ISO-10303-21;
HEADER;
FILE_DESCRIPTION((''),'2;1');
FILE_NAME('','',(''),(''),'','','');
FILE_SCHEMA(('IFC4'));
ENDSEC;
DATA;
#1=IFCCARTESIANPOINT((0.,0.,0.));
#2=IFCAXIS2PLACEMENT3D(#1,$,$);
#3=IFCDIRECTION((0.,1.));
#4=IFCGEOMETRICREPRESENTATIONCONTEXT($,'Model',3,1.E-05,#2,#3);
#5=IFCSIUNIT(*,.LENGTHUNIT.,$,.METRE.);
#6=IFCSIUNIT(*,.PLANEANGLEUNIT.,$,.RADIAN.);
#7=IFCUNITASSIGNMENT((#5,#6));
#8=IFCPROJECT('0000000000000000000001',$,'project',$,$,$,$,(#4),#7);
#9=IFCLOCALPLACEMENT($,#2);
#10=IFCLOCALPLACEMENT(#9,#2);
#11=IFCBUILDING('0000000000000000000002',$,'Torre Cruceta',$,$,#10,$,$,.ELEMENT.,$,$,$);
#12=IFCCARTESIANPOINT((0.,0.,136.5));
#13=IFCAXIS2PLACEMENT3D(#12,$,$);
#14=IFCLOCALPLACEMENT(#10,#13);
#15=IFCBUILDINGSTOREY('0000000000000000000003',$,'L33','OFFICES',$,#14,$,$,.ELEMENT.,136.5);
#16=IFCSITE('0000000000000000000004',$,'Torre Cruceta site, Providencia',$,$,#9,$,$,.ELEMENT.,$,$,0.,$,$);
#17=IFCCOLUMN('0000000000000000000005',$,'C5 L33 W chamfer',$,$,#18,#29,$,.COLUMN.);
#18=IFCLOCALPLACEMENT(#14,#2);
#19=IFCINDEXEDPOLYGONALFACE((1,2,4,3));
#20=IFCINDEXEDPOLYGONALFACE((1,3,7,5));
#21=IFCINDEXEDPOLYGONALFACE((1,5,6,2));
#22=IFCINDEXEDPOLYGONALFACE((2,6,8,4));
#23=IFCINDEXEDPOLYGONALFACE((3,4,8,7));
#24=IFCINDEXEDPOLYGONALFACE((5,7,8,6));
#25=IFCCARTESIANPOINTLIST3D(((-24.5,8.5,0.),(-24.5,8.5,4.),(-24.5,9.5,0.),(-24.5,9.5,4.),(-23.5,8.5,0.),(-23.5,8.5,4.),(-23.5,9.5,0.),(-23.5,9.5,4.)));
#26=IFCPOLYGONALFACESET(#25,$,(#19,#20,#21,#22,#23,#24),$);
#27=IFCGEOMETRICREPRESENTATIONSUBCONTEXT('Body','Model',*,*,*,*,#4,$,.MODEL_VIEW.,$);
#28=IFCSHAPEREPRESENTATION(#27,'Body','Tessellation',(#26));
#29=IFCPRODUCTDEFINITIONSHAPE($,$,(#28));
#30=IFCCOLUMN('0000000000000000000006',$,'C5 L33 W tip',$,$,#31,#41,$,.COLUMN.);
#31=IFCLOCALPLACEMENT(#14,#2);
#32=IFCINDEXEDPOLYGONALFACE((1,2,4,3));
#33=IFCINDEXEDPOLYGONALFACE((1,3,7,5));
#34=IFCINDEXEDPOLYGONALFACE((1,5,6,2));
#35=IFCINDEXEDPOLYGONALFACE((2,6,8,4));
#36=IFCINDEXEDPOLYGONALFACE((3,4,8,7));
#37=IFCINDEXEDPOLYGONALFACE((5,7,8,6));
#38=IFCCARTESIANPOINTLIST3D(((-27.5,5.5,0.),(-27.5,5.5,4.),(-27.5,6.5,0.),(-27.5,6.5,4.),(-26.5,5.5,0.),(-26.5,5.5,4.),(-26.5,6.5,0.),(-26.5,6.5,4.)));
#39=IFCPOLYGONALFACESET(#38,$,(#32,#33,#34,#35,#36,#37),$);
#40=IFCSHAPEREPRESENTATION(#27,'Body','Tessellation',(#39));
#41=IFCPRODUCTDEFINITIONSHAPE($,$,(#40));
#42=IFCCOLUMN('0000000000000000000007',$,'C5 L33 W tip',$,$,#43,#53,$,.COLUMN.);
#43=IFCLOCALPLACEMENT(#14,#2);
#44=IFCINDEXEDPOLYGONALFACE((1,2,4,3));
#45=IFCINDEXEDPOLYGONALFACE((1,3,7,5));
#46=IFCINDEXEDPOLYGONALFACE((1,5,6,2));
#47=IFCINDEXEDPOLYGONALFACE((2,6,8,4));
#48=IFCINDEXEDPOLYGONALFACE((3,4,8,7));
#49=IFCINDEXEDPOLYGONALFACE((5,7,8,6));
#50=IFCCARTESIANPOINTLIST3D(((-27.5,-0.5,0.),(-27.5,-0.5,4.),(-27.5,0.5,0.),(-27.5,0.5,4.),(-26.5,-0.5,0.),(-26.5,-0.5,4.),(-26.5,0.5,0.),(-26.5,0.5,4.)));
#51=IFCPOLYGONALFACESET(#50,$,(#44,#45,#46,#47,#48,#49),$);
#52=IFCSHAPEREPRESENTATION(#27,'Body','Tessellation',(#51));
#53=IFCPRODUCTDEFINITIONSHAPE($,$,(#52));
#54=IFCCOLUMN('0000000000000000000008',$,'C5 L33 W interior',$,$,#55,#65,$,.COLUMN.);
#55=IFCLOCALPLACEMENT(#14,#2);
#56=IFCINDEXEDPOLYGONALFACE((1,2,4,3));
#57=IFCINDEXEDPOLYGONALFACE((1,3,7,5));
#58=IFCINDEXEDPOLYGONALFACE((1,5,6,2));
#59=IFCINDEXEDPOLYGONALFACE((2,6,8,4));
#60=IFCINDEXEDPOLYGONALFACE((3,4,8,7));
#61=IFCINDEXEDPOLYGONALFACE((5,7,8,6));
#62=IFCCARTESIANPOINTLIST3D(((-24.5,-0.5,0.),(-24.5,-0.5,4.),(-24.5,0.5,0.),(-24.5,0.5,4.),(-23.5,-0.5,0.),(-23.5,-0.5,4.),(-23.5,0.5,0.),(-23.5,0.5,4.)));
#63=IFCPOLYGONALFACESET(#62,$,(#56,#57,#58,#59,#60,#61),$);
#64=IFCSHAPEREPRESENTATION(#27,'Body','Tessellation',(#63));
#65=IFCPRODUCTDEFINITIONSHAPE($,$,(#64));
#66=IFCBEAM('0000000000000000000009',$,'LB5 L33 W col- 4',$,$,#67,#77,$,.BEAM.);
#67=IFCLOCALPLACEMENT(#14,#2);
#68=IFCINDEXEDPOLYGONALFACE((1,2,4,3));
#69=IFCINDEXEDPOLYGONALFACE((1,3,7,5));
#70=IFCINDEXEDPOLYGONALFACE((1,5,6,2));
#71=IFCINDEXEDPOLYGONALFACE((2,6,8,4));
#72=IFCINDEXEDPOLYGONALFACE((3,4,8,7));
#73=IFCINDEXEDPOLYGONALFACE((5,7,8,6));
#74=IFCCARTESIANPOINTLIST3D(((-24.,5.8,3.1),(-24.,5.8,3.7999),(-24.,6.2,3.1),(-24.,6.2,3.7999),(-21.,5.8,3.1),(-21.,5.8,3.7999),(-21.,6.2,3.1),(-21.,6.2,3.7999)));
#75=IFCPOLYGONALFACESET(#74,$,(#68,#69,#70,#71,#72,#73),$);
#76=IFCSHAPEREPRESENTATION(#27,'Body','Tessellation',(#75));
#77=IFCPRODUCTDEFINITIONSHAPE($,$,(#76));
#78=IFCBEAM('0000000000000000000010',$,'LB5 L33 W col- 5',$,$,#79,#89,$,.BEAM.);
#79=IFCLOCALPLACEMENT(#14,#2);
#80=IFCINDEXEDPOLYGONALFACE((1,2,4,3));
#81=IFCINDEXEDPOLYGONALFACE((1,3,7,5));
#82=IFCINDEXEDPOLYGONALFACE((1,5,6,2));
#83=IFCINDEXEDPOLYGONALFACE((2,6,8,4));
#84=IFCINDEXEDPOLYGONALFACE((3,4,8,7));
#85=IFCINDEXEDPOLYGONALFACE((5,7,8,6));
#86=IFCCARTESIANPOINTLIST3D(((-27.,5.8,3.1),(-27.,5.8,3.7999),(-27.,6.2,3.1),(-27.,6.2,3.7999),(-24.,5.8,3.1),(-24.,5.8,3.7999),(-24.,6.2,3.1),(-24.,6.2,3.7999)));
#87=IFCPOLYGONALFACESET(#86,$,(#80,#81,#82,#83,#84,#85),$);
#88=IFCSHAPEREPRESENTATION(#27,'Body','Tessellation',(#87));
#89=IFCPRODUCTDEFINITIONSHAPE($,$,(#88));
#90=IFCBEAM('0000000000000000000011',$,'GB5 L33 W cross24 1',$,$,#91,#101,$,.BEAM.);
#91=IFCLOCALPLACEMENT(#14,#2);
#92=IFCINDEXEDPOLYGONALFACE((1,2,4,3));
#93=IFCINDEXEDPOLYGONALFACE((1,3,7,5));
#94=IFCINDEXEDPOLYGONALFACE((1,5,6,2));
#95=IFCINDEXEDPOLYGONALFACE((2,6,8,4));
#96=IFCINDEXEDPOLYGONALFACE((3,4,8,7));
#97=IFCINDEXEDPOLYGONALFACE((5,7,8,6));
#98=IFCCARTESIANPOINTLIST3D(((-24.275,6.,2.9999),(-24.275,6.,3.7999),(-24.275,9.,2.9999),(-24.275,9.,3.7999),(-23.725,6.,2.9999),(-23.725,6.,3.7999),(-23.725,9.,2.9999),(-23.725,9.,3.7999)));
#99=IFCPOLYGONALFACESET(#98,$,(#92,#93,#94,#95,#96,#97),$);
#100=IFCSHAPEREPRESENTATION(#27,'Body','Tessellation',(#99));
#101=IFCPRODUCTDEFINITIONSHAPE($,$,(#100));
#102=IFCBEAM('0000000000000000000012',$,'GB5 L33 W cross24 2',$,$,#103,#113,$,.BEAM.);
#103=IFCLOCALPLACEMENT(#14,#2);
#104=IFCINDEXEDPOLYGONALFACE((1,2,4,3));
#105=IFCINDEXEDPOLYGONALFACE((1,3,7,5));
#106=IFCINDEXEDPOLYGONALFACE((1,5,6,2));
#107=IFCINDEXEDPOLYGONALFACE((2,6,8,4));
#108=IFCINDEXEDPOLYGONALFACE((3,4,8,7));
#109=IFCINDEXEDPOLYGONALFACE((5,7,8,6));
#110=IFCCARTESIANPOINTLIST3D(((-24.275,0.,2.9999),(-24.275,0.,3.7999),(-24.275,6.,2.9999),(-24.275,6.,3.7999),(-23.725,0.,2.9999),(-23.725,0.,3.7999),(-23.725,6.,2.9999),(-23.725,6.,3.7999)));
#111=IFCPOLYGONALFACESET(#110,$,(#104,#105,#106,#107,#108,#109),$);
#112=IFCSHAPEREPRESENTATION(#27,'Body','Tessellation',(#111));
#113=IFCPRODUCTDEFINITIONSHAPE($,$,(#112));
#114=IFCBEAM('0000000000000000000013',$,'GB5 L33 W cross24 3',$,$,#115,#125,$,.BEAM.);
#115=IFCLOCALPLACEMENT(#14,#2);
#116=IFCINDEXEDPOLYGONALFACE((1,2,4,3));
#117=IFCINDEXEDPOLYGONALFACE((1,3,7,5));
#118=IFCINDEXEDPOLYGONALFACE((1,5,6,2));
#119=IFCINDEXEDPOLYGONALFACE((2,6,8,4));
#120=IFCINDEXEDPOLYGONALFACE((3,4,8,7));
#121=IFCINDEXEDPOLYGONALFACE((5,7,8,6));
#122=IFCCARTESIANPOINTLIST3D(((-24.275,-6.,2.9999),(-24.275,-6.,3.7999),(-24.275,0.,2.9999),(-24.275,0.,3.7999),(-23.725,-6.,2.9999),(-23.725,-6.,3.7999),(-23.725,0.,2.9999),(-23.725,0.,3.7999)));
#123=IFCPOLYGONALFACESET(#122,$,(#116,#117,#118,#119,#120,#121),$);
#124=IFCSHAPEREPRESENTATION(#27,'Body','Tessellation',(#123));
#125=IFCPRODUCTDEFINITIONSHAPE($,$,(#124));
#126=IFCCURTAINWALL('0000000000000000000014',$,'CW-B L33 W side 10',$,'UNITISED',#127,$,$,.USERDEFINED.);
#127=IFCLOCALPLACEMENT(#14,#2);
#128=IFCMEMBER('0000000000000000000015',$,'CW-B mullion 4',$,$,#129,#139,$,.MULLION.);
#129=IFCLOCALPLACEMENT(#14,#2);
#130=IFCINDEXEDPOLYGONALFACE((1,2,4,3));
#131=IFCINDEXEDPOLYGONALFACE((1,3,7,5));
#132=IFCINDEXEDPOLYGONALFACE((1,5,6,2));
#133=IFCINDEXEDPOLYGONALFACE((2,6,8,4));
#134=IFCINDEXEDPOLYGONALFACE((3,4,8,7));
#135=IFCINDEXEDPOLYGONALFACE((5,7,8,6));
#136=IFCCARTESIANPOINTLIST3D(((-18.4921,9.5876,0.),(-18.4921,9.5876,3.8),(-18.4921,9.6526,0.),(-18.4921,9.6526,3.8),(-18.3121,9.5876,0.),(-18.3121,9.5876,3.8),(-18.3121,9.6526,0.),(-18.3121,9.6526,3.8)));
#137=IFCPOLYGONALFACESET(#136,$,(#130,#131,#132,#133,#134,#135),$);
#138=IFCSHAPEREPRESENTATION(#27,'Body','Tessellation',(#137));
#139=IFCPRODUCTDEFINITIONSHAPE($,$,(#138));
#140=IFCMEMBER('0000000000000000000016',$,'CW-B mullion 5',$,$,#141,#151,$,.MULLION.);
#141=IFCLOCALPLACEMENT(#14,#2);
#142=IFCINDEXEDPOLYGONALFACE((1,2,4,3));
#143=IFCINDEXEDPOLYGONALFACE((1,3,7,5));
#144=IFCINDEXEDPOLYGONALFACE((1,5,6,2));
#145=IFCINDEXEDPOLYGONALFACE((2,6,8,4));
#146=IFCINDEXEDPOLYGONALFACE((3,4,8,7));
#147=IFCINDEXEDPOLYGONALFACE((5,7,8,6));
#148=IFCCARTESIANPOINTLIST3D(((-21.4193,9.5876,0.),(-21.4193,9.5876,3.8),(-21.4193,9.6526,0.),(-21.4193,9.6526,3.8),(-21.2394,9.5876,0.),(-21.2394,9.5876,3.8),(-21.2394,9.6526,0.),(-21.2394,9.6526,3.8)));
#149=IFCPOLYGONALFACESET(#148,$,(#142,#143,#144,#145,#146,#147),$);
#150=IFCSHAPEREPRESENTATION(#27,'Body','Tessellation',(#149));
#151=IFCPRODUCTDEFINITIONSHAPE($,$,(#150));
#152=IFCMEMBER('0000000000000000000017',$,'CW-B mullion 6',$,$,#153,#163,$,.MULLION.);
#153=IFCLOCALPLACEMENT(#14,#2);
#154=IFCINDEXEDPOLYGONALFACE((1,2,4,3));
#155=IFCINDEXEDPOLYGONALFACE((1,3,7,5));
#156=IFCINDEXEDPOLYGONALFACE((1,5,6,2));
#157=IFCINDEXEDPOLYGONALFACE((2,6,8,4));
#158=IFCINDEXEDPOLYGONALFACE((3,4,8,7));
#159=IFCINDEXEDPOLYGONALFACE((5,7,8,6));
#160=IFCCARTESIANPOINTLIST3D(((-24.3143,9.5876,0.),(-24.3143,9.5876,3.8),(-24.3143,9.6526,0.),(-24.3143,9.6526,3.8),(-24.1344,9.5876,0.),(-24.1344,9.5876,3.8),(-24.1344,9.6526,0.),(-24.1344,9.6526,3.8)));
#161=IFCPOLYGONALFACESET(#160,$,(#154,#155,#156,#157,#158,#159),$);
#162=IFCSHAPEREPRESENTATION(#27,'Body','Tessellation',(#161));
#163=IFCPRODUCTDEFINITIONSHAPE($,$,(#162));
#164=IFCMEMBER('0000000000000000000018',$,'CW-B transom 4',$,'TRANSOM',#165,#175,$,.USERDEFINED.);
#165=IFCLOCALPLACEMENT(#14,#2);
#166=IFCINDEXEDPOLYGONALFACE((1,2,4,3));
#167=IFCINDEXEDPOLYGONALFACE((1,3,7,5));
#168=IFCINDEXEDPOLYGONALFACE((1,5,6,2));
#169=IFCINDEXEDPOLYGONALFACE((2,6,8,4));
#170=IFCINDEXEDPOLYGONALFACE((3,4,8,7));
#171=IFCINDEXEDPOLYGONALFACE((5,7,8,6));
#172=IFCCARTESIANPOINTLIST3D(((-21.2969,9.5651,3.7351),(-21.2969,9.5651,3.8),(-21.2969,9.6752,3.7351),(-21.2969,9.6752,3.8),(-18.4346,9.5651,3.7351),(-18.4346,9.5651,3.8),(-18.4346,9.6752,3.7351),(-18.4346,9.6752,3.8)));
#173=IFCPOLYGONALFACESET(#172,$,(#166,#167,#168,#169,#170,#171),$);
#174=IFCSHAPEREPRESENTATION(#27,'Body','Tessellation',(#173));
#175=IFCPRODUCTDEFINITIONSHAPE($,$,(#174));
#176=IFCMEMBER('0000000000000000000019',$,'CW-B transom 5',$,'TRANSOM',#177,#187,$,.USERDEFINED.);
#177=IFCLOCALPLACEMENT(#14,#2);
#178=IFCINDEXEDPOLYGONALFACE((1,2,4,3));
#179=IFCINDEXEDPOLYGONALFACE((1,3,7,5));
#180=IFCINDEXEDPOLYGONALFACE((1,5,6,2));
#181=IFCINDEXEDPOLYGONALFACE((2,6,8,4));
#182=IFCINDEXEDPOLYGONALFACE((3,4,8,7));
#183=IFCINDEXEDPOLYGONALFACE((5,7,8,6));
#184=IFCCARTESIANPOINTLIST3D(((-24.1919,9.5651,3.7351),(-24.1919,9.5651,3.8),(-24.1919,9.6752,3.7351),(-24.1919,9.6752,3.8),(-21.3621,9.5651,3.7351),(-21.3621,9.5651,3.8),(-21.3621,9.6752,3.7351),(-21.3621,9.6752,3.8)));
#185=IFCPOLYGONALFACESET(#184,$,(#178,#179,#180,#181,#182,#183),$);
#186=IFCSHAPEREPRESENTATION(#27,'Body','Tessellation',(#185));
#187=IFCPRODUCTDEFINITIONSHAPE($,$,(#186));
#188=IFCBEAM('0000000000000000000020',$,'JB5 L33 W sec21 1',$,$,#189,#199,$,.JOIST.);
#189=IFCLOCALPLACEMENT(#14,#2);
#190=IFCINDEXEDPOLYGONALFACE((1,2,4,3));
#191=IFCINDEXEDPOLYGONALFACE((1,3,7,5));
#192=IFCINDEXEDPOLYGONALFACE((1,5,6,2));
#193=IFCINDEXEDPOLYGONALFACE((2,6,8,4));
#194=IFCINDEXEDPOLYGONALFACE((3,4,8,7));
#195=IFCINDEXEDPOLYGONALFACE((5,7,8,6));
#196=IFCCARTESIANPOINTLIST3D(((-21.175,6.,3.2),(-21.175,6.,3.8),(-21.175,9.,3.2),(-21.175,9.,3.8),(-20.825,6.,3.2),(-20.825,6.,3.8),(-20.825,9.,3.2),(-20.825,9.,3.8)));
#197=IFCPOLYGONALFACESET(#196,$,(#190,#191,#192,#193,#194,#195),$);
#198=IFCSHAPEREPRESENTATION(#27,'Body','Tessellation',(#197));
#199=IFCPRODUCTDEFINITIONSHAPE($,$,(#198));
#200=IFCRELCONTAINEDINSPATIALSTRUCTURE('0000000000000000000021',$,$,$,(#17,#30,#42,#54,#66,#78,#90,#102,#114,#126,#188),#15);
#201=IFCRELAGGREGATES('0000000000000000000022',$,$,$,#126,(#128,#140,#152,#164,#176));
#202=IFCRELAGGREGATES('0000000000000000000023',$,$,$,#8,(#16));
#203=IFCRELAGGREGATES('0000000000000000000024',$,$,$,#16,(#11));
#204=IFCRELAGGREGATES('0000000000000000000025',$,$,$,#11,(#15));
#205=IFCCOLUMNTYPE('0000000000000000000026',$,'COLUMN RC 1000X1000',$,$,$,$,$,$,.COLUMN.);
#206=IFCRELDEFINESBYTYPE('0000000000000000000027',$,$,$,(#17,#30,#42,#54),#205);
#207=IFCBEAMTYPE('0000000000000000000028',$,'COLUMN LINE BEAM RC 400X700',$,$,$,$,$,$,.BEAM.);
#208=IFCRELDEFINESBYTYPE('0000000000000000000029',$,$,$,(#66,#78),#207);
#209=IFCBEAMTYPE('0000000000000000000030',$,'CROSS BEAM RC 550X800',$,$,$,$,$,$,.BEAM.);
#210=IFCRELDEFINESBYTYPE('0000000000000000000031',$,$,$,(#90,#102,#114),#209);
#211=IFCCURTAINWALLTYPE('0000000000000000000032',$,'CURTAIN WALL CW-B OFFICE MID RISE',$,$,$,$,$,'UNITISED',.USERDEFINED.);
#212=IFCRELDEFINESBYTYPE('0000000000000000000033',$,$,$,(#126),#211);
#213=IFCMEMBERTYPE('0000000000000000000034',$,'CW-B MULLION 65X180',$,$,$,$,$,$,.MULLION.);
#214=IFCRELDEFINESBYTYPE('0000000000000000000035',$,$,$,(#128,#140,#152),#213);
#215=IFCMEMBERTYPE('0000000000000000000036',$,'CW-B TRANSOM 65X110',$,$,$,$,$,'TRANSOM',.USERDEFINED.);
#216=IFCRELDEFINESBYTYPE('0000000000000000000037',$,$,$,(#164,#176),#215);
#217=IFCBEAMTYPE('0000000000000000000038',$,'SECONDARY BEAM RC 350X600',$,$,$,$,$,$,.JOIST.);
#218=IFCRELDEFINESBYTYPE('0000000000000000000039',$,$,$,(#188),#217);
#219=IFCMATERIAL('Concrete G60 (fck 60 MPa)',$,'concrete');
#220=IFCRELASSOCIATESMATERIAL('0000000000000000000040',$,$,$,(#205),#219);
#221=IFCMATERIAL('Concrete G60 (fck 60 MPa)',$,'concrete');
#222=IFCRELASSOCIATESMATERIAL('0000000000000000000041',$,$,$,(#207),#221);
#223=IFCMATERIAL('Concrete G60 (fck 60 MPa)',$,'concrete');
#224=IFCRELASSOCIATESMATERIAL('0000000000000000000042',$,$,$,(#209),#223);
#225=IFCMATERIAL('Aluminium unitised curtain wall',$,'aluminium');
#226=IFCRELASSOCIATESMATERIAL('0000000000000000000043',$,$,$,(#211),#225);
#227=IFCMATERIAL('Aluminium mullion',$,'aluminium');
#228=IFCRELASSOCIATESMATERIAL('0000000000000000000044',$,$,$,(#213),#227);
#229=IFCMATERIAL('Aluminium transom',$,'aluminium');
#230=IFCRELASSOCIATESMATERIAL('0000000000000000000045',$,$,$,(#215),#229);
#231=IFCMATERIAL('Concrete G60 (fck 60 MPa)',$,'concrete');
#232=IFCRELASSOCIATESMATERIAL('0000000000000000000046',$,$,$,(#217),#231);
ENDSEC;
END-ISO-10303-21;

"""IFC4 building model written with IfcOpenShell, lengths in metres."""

from ifc_helpers import new_model, si_unit, direction, frame, origin, origin_2d, place, context, subcontext, project, spatial, rectangle, extrude, material, material_profile, profile_set, type_object, element, aggregate, save


model = new_model("IFC4")

# Units and contexts
model_context = context("Model", 3, precision=1e-05, world=origin(), true_north=direction((0.0, 1.0)))
body_context = subcontext(model_context, "Body", "Model", "MODEL_VIEW")
ifc_project = project(units=[si_unit("LENGTHUNIT", "METRE"), si_unit("PLANEANGLEUNIT", "RADIAN")], contexts=[model_context])

# Site, building, storey
site_placement = place(None, origin())
site = spatial("IfcSite", under=ifc_project, at=site_placement, Name="Torre Cruceta site, Providencia", CompositionType="ELEMENT", RefElevation=0.0)
building_placement = place(site_placement, origin())
building = spatial("IfcBuilding", under=site, at=building_placement, Name="Torre Cruceta", CompositionType="ELEMENT")
storey_placement = place(building_placement, frame((0.0, 0.0, 136.5)))
storey = spatial("IfcBuildingStorey", under=building, at=storey_placement, Name="L33", Description="OFFICES", CompositionType="ELEMENT", Elevation=136.5)

# Columns
ifc_material_1 = material(Name="Concrete G60 (fck 60 MPa)", Category="concrete")
ifc_material_profile_1 = material_profile(ifc_material_1, rectangle(XDim=1.0, YDim=1.0, at=origin_2d()), Name="RC 1000X1000")
ifc_profile_set_1 = profile_set([ifc_material_profile_1], Name="Concrete G60 (fck 60 MPa)")
column_type = type_object("IfcColumnType", Name="COLUMN RC 1000X1000", PredefinedType="COLUMN", material=ifc_profile_set_1)
for number, where, z_axis, x_axis, name in (
    (1, (-24.0, 9.0, 0.0), (0.0, 0.0, 1.0), (1.0, 0.0, 0.0), "C5 L33 W chamfer"),
    (2, (-27.0, 6.0, 0.0), (0.0, 0.0, 1.0), (1.0, 0.0, 0.0), "C5 L33 W tip"),
    (3, (-27.0, 0.0, 0.0), (0.0, 0.0, 1.0), (1.0, 0.0, 0.0), "C5 L33 W tip"),
    (4, (-24.0, 0.0, 0.0), (0.0, 0.0, 1.0), (1.0, 0.0, 0.0), "C5 L33 W interior"),
):
    element("IfcColumn", number, at=place(storey_placement, frame(where, z_axis=z_axis, x_axis=x_axis)), inside=storey, type_object=column_type, Name=name, PredefinedType="COLUMN", context=body_context, shape_type="SweptSolid", body=[
        extrude(rectangle(XDim=1.0, YDim=1.0, at=origin_2d()), origin(), (0.0, 0.0, 1.0), 4.0),
    ])

# Beams
ifc_material_2 = material(Name="Concrete G60 (fck 60 MPa)", Category="concrete")
ifc_material_profile_2 = material_profile(ifc_material_2, rectangle(XDim=0.3999, YDim=0.7, at=origin_2d()), Name="RC 400X700")
ifc_profile_set_2 = profile_set([ifc_material_profile_2], Name="Concrete G60 (fck 60 MPa)")
beam_type_1 = type_object("IfcBeamType", Name="COLUMN LINE BEAM RC 400X700", PredefinedType="BEAM", material=ifc_profile_set_2)
for number, where, z_axis, x_axis, name in (
    (5, (-21.0, 6.0, 3.45), (-1.0, 0.0, 0.0), (0.0, -1.0, 0.0), "LB5 L33 W col- 4"),
    (6, (-24.0, 6.0, 3.45), (-1.0, 0.0, 0.0), (0.0, -1.0, 0.0), "LB5 L33 W col- 5"),
):
    element("IfcBeam", number, at=place(storey_placement, frame(where, z_axis=z_axis, x_axis=x_axis)), inside=storey, type_object=beam_type_1, Name=name, PredefinedType="BEAM", context=body_context, shape_type="SweptSolid", body=[
        extrude(rectangle(XDim=0.3999, YDim=0.7, at=origin_2d()), origin(), (0.0, 0.0, 1.0), 3.0),
    ])
ifc_material_3 = material(Name="Concrete G60 (fck 60 MPa)", Category="concrete")
ifc_material_profile_3 = material_profile(ifc_material_3, rectangle(XDim=0.55, YDim=0.8, at=origin_2d()), Name="RC 550X800")
ifc_profile_set_3 = profile_set([ifc_material_profile_3], Name="Concrete G60 (fck 60 MPa)")
beam_type_2 = type_object("IfcBeamType", Name="CROSS BEAM RC 550X800", PredefinedType="BEAM", material=ifc_profile_set_3)
beam_1_placement = place(storey_placement, frame((-24.0, 9.0, 3.3999), z_axis=(0.0, -1.0, 0.0), x_axis=(1.0, 0.0, 0.0)))
element("IfcBeam", 7, at=beam_1_placement, inside=storey, type_object=beam_type_2, Name="GB5 L33 W cross24 1", PredefinedType="BEAM", context=body_context, shape_type="SweptSolid", body=[
    extrude(rectangle(XDim=0.55, YDim=0.8, at=origin_2d()), origin(), (0.0, 0.0, 1.0), 3.0),
])
for number, where, z_axis, x_axis, name in (
    (8, (-24.0, 6.0, 3.3999), (0.0, -1.0, 0.0), (1.0, 0.0, 0.0), "GB5 L33 W cross24 2"),
    (9, (-24.0, 0.0, 3.3999), (0.0, -1.0, 0.0), (1.0, 0.0, 0.0), "GB5 L33 W cross24 3"),
):
    element("IfcBeam", number, at=place(storey_placement, frame(where, z_axis=z_axis, x_axis=x_axis)), inside=storey, type_object=beam_type_2, Name=name, PredefinedType="BEAM", context=body_context, shape_type="SweptSolid", body=[
        extrude(rectangle(XDim=0.55, YDim=0.8, at=origin_2d()), origin(), (0.0, 0.0, 1.0), 6.0),
    ])

# Curtain wall, members
ifc_material_4 = material(Name="Aluminium unitised curtain wall", Category="aluminium")
curtain_wall_type = type_object("IfcCurtainWallType", Name="CURTAIN WALL CW-B OFFICE MID RISE", ElementType="UNITISED", PredefinedType="USERDEFINED", material=ifc_material_4)
curtain_wall_placement = place(storey_placement, origin())
curtain_wall = element("IfcCurtainWall", 10, at=curtain_wall_placement, inside=storey, type_object=curtain_wall_type, Name="CW-B L33 W side 10", ObjectType="UNITISED", PredefinedType="USERDEFINED")
ifc_material_5 = material(Name="Aluminium mullion", Category="aluminium")
ifc_material_profile_4 = material_profile(ifc_material_5, rectangle(XDim=0.0649, YDim=0.1799, at=origin_2d()), Name="AL 65X180")
ifc_profile_set_4 = profile_set([ifc_material_profile_4], Name="Aluminium mullion")
member_type_1 = type_object("IfcMemberType", Name="CW-B MULLION 65X180", PredefinedType="MULLION", material=ifc_profile_set_4)
member_1_placement = place(storey_placement, frame((-18.4021, 9.6201, 0.0), z_axis=(0.0, 0.0, 1.0), x_axis=(0.0, -1.0, 0.0)))
member_1 = element("IfcMember", 11, at=member_1_placement, type_object=member_type_1, Name="CW-B mullion 4", PredefinedType="MULLION", context=body_context, shape_type="SweptSolid", body=[
    extrude(rectangle(XDim=0.0649, YDim=0.1799, at=origin_2d()), origin(), (0.0, 0.0, 1.0), 3.8),
])
member_2_placement = place(storey_placement, frame((-21.3293, 9.6201, 0.0), z_axis=(0.0, 0.0, 1.0), x_axis=(0.0, -1.0, 0.0)))
member_2 = element("IfcMember", 12, at=member_2_placement, type_object=member_type_1, Name="CW-B mullion 5", PredefinedType="MULLION", context=body_context, shape_type="SweptSolid", body=[
    extrude(rectangle(XDim=0.0649, YDim=0.1799, at=origin_2d()), origin(), (0.0, 0.0, 1.0), 3.8),
])
member_3_placement = place(storey_placement, frame((-24.2244, 9.6201, 0.0), z_axis=(0.0, 0.0, 1.0), x_axis=(0.0, -1.0, 0.0)))
member_3 = element("IfcMember", 13, at=member_3_placement, type_object=member_type_1, Name="CW-B mullion 6", PredefinedType="MULLION", context=body_context, shape_type="SweptSolid", body=[
    extrude(rectangle(XDim=0.0649, YDim=0.1799, at=origin_2d()), origin(), (0.0, 0.0, 1.0), 3.8),
])
ifc_material_6 = material(Name="Aluminium transom", Category="aluminium")
ifc_material_profile_5 = material_profile(ifc_material_6, rectangle(XDim=0.1101, YDim=0.0649, at=origin_2d()), Name="AL 110X65")
ifc_profile_set_5 = profile_set([ifc_material_profile_5], Name="Aluminium transom")
member_type_2 = type_object("IfcMemberType", Name="CW-B TRANSOM 65X110", ElementType="TRANSOM", PredefinedType="USERDEFINED", material=ifc_profile_set_5)
member_4_placement = place(storey_placement, frame((-18.4346, 9.6201, 3.7676), z_axis=(-1.0, 0.0, 0.0), x_axis=(0.0, -1.0, 0.0)))
member_4 = element("IfcMember", 14, at=member_4_placement, type_object=member_type_2, Name="CW-B transom 4", ObjectType="TRANSOM", PredefinedType="USERDEFINED", context=body_context, shape_type="SweptSolid", body=[
    extrude(rectangle(XDim=0.1101, YDim=0.0649, at=origin_2d()), origin(), (0.0, 0.0, 1.0), 2.8623),
])
member_5_placement = place(storey_placement, frame((-21.3621, 9.6201, 3.7676), z_axis=(-1.0, 0.0, 0.0), x_axis=(0.0, -1.0, 0.0)))
member_5 = element("IfcMember", 15, at=member_5_placement, type_object=member_type_2, Name="CW-B transom 5", ObjectType="TRANSOM", PredefinedType="USERDEFINED", context=body_context, shape_type="SweptSolid", body=[
    extrude(rectangle(XDim=0.1101, YDim=0.0649, at=origin_2d()), origin(), (0.0, 0.0, 1.0), 2.8298),
])

# Beam
ifc_material_7 = material(Name="Concrete G60 (fck 60 MPa)", Category="concrete")
ifc_material_profile_6 = material_profile(ifc_material_7, rectangle(XDim=0.3501, YDim=0.6001, at=origin_2d()), Name="RC 350X600")
ifc_profile_set_6 = profile_set([ifc_material_profile_6], Name="Concrete G60 (fck 60 MPa)")
beam_type_3 = type_object("IfcBeamType", Name="SECONDARY BEAM RC 350X600", PredefinedType="JOIST", material=ifc_profile_set_6)
beam_2_placement = place(storey_placement, frame((-21.0, 9.0, 3.5), z_axis=(0.0, -1.0, 0.0), x_axis=(1.0, 0.0, 0.0)))
element("IfcBeam", 16, at=beam_2_placement, inside=storey, type_object=beam_type_3, Name="JB5 L33 W sec21 1", PredefinedType="JOIST", context=body_context, shape_type="SweptSolid", body=[
    extrude(rectangle(XDim=0.3501, YDim=0.6001, at=origin_2d()), origin(), (0.0, 0.0, 1.0), 3.0),
])

aggregate(curtain_wall, [member_1, member_2, member_3, member_4, member_5])

save(model, "model.ifc")
